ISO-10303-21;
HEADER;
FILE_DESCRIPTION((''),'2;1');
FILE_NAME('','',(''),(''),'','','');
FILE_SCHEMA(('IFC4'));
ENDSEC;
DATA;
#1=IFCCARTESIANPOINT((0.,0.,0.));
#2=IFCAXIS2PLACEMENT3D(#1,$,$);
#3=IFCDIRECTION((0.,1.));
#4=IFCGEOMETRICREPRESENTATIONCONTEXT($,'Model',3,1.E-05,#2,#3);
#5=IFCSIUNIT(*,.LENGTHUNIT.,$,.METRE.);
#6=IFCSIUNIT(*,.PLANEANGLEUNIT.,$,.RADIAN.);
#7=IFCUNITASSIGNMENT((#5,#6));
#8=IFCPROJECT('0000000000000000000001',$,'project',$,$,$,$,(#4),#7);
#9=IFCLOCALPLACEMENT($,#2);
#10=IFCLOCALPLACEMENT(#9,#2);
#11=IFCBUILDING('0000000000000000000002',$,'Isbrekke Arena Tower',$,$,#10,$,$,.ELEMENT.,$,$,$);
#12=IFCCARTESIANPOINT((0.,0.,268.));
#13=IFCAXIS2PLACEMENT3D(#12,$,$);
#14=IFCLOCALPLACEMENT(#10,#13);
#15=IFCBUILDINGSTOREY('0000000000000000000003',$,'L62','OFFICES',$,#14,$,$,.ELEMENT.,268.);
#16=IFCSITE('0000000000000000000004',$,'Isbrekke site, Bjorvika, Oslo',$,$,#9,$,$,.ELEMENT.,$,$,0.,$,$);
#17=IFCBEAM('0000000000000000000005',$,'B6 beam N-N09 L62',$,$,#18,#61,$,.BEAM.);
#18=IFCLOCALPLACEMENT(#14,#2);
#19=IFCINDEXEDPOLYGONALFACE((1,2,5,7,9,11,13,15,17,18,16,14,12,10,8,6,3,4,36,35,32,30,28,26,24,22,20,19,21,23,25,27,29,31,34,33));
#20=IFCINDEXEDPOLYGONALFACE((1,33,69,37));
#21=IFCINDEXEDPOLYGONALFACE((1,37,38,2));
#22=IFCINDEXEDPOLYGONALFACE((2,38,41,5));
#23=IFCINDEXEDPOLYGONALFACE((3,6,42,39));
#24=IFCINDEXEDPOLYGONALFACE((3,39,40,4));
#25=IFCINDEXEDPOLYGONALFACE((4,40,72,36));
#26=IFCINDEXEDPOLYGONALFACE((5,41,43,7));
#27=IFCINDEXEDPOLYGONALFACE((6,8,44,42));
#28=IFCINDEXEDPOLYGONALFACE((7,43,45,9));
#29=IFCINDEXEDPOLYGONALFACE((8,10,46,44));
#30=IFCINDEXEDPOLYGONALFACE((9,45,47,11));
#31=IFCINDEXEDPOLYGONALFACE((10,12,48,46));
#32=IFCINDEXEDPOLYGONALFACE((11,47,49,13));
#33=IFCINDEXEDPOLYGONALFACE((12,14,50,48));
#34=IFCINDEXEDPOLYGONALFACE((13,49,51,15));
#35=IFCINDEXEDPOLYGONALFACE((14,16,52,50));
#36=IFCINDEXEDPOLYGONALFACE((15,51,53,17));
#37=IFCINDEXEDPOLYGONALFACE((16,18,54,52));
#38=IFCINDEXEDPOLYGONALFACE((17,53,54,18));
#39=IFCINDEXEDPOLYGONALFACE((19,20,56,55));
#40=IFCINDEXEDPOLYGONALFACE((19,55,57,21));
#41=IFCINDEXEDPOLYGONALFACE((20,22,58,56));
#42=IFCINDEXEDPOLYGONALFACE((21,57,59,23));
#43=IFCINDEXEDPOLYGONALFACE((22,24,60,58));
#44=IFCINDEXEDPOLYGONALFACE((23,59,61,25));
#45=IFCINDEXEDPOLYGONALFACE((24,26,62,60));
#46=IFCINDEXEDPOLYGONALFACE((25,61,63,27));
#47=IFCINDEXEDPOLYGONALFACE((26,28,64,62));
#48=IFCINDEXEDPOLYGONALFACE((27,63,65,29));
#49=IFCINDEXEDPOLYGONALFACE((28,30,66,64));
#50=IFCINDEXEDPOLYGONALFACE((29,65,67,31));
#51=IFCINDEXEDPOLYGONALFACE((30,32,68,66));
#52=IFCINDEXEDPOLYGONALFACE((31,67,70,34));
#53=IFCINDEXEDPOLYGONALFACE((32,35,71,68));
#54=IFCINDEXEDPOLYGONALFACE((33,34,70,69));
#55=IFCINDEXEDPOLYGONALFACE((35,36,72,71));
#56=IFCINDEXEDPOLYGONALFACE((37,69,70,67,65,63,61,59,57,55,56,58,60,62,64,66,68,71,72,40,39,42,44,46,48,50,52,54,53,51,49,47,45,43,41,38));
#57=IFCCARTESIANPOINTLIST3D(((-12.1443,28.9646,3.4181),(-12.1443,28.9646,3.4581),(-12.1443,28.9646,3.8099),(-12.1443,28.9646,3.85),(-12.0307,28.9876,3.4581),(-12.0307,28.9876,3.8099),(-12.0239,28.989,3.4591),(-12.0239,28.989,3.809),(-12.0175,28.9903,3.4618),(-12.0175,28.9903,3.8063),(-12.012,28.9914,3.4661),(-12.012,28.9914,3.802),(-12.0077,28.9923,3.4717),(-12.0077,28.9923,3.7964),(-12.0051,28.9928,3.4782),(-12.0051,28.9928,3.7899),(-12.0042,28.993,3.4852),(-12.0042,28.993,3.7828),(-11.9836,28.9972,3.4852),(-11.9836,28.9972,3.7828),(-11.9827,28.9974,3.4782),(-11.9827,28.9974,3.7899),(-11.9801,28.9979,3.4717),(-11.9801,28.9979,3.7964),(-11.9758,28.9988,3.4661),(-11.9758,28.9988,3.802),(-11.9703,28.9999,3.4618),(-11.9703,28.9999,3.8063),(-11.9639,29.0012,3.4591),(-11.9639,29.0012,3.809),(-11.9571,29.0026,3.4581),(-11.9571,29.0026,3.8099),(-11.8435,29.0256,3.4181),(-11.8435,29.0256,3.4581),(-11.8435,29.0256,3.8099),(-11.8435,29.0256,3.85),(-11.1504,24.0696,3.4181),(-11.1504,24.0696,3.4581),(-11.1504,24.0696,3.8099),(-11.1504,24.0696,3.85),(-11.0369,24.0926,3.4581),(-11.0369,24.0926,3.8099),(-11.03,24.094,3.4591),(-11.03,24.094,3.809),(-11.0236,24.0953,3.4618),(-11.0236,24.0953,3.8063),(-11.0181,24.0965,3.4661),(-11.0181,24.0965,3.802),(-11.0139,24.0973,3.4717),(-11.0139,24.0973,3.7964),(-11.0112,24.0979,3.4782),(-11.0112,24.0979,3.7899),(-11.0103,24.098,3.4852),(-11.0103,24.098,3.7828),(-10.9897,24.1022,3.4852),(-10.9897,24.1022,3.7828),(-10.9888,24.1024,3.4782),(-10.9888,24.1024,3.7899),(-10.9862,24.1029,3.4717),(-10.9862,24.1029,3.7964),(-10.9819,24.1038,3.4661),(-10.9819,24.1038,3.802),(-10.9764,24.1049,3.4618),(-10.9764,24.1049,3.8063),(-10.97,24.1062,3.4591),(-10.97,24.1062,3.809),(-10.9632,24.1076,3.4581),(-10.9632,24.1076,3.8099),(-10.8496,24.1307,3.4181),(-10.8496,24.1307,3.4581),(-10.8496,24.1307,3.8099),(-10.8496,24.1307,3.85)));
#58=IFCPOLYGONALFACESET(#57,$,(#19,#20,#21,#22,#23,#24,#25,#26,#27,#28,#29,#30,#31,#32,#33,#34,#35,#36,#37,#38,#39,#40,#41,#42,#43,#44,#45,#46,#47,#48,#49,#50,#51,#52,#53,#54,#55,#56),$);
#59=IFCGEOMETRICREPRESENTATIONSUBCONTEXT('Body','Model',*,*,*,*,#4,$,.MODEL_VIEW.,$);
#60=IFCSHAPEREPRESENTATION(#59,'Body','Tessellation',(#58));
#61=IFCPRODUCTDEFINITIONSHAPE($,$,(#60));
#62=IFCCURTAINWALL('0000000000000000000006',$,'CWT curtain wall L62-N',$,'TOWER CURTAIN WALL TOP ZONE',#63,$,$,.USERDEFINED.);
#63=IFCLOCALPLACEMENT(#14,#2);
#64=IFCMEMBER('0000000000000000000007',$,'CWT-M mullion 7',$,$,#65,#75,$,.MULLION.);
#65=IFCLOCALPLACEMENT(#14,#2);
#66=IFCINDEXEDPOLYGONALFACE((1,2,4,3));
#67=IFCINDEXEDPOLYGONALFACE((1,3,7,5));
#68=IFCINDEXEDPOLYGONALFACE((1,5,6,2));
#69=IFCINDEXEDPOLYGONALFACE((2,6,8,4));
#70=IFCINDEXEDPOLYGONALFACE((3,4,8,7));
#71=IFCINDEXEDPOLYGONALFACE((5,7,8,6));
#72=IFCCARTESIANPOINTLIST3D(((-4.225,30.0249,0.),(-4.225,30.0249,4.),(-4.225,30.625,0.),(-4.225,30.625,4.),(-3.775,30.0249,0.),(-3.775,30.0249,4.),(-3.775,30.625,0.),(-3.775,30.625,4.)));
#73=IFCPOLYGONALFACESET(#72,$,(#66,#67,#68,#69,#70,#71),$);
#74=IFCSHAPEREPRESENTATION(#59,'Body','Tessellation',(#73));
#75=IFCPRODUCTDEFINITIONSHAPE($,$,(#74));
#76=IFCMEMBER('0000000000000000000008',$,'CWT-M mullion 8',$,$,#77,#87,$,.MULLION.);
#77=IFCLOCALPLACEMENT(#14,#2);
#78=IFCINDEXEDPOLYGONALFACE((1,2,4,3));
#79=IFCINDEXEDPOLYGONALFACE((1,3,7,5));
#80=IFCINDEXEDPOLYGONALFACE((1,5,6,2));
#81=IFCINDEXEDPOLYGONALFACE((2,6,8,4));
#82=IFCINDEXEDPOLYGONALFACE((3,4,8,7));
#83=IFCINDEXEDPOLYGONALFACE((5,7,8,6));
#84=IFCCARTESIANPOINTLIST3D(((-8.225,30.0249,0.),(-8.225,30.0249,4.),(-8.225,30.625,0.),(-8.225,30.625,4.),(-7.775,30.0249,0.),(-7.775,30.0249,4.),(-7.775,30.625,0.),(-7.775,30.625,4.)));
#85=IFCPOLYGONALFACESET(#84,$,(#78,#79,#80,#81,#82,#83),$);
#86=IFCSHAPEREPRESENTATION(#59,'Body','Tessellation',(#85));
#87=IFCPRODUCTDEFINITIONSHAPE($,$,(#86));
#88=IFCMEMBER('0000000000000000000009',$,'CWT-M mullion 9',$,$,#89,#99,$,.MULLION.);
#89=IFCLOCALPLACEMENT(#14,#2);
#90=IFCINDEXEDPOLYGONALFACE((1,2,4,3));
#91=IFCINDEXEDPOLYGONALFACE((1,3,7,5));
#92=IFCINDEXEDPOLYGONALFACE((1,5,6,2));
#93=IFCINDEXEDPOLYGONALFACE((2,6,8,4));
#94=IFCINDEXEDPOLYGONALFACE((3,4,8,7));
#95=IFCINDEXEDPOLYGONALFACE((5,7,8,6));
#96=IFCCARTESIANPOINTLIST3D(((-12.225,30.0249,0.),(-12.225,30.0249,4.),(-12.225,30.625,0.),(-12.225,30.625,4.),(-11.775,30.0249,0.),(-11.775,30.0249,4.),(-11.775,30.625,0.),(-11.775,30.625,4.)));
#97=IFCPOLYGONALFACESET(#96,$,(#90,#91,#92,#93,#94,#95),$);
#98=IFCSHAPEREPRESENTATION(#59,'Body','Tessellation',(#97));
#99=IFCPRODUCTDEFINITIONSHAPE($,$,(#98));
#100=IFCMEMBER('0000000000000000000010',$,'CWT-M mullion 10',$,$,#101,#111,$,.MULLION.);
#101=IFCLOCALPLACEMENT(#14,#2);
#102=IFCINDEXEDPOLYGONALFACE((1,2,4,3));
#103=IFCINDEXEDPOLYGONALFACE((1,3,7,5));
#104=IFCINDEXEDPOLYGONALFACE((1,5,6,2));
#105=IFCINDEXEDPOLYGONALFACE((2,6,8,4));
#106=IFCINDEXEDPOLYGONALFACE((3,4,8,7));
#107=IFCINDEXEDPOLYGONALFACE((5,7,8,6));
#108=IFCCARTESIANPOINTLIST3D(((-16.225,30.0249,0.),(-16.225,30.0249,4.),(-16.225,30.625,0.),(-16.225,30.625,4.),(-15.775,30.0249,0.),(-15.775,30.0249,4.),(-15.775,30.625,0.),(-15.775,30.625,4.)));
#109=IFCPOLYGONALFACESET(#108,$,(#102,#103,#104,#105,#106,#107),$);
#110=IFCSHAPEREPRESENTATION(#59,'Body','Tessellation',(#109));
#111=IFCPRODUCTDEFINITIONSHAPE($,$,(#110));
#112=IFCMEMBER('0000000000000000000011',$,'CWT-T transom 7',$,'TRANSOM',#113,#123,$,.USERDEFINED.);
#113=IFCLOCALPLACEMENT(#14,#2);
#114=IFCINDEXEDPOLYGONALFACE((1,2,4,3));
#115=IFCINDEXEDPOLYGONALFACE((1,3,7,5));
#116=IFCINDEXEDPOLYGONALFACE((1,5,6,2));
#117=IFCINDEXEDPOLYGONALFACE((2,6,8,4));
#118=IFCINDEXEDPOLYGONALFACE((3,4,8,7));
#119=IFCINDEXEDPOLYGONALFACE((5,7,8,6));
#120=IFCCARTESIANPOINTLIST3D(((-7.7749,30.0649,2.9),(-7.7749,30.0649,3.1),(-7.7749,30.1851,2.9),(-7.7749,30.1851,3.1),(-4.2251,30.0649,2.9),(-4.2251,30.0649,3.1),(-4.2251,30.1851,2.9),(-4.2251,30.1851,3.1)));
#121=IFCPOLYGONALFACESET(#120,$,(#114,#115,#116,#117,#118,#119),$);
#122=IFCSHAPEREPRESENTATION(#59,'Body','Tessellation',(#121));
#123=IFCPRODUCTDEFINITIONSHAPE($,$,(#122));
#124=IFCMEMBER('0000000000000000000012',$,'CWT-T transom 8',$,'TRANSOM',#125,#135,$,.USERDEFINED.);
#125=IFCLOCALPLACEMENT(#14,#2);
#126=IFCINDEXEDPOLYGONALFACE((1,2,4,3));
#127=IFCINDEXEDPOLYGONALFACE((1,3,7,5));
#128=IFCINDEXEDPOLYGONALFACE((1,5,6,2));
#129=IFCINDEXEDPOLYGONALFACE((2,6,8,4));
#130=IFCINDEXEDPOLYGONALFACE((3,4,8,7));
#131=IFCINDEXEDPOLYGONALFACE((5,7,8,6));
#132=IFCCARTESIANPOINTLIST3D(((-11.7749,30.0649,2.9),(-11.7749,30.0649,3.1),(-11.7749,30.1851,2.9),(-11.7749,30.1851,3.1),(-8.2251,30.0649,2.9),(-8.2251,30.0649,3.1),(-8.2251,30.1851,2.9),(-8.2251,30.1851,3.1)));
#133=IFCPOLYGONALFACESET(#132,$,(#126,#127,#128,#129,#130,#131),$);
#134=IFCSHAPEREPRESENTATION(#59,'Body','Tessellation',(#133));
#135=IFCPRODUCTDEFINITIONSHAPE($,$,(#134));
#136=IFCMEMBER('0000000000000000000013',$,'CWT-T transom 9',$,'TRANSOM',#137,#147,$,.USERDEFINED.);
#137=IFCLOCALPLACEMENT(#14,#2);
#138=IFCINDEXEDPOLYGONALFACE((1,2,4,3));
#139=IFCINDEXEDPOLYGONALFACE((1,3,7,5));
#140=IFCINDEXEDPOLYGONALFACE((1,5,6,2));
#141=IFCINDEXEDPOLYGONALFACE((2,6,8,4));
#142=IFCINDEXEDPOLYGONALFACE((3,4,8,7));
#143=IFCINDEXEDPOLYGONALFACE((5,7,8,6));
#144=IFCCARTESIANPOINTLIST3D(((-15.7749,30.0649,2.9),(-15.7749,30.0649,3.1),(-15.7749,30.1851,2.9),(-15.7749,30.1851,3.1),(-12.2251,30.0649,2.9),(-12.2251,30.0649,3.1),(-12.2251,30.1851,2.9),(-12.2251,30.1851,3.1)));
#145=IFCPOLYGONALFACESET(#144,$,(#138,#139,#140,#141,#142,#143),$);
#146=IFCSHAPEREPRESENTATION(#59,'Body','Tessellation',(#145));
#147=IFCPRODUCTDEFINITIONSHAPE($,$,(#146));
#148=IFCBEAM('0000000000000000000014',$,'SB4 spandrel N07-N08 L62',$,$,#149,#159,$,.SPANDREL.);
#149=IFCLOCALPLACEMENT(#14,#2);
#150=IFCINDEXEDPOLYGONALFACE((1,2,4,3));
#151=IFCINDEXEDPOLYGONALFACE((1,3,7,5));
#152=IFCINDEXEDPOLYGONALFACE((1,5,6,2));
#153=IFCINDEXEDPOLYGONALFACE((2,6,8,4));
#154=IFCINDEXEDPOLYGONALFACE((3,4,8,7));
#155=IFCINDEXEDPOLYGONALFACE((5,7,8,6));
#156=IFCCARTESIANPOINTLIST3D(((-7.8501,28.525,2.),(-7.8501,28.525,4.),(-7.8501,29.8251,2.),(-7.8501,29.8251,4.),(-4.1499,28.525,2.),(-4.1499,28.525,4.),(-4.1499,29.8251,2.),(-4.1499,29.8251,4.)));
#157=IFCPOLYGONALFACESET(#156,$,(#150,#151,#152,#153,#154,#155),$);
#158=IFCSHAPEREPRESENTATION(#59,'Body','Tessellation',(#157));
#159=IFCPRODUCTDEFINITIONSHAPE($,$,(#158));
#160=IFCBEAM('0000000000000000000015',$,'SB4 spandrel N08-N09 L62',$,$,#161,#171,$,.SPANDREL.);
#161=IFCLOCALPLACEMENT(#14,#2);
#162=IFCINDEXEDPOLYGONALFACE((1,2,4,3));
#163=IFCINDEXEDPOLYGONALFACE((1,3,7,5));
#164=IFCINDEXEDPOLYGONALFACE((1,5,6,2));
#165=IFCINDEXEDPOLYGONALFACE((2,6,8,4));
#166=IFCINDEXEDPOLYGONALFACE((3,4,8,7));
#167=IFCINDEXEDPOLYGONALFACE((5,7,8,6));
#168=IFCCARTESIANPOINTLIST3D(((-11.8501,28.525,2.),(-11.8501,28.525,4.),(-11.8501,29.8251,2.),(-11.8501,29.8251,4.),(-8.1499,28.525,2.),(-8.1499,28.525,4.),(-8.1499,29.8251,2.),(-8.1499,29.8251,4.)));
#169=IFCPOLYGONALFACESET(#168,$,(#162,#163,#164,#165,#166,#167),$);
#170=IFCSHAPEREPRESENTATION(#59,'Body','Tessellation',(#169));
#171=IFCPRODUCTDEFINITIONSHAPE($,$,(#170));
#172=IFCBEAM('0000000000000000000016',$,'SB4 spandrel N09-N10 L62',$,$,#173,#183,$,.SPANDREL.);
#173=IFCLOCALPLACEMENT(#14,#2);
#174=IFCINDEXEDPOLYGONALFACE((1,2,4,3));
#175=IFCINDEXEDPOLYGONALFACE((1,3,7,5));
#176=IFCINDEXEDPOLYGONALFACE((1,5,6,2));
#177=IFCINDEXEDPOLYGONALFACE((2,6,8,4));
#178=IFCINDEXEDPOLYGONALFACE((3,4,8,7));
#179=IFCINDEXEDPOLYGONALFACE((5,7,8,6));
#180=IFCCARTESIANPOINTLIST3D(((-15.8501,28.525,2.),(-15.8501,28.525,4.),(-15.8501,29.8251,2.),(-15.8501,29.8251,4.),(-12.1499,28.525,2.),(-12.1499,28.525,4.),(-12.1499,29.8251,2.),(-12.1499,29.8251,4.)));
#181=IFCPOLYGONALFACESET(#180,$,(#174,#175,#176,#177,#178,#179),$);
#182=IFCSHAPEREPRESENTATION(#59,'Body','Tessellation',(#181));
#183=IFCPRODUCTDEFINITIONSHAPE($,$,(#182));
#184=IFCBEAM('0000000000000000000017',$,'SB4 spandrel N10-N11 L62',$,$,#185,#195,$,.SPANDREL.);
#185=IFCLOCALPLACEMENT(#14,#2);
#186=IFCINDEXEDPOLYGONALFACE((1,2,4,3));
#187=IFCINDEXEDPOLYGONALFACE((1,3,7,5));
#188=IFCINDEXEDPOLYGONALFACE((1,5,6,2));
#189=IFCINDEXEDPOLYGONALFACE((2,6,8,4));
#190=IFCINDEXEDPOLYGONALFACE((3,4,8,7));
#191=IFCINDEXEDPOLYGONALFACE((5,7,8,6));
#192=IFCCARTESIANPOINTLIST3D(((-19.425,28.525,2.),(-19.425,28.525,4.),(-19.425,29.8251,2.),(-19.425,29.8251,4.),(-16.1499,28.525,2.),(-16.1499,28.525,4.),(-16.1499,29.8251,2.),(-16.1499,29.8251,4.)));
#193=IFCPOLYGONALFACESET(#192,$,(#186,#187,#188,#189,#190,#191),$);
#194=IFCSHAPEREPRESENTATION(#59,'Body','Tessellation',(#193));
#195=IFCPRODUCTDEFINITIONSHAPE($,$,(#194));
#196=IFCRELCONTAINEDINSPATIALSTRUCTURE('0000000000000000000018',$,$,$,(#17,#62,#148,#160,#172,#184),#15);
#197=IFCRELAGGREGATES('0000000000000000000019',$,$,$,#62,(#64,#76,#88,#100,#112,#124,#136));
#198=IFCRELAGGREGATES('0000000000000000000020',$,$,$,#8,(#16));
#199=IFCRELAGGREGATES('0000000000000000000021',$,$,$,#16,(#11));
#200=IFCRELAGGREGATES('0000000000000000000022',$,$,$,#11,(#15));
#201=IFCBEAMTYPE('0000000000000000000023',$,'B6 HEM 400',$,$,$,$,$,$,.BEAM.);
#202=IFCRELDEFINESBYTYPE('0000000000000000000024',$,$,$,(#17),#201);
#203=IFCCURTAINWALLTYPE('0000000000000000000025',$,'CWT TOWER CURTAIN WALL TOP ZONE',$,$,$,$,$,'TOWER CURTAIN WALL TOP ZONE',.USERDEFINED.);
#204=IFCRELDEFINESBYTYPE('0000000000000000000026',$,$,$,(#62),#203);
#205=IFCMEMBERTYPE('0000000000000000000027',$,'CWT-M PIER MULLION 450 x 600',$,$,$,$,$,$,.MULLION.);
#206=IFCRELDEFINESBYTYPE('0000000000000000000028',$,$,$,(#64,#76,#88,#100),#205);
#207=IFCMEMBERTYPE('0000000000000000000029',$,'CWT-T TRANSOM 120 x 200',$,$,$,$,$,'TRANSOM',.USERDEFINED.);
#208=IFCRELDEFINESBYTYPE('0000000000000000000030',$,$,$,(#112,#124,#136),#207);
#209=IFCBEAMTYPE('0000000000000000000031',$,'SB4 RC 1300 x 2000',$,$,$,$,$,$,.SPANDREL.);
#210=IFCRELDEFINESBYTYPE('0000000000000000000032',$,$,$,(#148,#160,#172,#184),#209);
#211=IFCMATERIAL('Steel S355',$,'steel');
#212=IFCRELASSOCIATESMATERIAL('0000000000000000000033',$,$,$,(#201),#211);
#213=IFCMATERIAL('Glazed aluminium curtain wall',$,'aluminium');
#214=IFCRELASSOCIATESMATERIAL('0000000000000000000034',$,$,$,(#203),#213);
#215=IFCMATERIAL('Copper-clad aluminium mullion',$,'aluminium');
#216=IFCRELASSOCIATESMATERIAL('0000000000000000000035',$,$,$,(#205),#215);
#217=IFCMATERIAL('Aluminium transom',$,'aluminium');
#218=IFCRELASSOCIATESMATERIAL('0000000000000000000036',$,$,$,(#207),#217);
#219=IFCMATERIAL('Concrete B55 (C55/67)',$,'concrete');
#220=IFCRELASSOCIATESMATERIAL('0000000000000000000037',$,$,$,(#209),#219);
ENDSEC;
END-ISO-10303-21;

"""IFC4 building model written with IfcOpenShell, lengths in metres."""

from ifc_helpers import new_model, si_unit, direction, frame, origin, origin_2d, place, context, subcontext, project, spatial, rectangle, i_section, extrude, material, material_profile, profile_set, type_object, element, aggregate, save


model = new_model("IFC4")

# Units and contexts
model_context = context("Model", 3, precision=1e-05, world=origin(), true_north=direction((0.0, 1.0)))
body_context = subcontext(model_context, "Body", "Model", "MODEL_VIEW")
ifc_project = project(units=[si_unit("LENGTHUNIT", "METRE"), si_unit("PLANEANGLEUNIT", "RADIAN")], contexts=[model_context])

# Site, building, storey
site_placement = place(None, origin())
site = spatial("IfcSite", under=ifc_project, at=site_placement, Name="Isbrekke site, Bjorvika, Oslo", CompositionType="ELEMENT", RefElevation=0.0)
building_placement = place(site_placement, origin())
building = spatial("IfcBuilding", under=site, at=building_placement, Name="Isbrekke Arena Tower", CompositionType="ELEMENT")
storey_placement = place(building_placement, frame((0.0, 0.0, 268.0)))
storey = spatial("IfcBuildingStorey", under=building, at=storey_placement, Name="L62", Description="OFFICES", CompositionType="ELEMENT", Elevation=268.0)

# Beam
ifc_material_1 = material(Name="Steel S355", Category="steel")
ifc_material_profile_1 = material_profile(ifc_material_1, i_section(OverallWidth=0.3069, OverallDepth=0.4319, WebThickness=0.021, FlangeThickness=0.04, FilletRadius=0.0271, at=origin_2d()), Name="HEM 400")
ifc_profile_set_1 = profile_set([ifc_material_profile_1], Name="Steel S355")
beam_type_1 = type_object("IfcBeamType", Name="B6 HEM 400", PredefinedType="BEAM", material=ifc_profile_set_1)
beam_1_placement = place(storey_placement, frame((-11.9939, 28.9951, 3.634), z_axis=(0.198982, -0.980003, 0.0), x_axis=(0.980003, 0.198982, 0.0)))
element("IfcBeam", 1, at=beam_1_placement, inside=storey, type_object=beam_type_1, Name="B6 beam N-N09 L62", PredefinedType="BEAM", context=body_context, shape_type="SweptSolid", body=[
    extrude(i_section(OverallWidth=0.3069, OverallDepth=0.4319, WebThickness=0.021, FlangeThickness=0.04, FilletRadius=0.0271, at=origin_2d()), origin(), (0.0, 0.0, 1.0), 4.9949),
])

# Curtain wall, members
ifc_material_2 = material(Name="Glazed aluminium curtain wall", Category="aluminium")
curtain_wall_type = type_object("IfcCurtainWallType", Name="CWT TOWER CURTAIN WALL TOP ZONE", ElementType="TOWER CURTAIN WALL TOP ZONE", PredefinedType="USERDEFINED", material=ifc_material_2)
curtain_wall_placement = place(storey_placement, origin())
curtain_wall = element("IfcCurtainWall", 2, at=curtain_wall_placement, inside=storey, type_object=curtain_wall_type, Name="CWT curtain wall L62-N", ObjectType="TOWER CURTAIN WALL TOP ZONE", PredefinedType="USERDEFINED")
ifc_material_3 = material(Name="Copper-clad aluminium mullion", Category="aluminium")
ifc_material_profile_2 = material_profile(ifc_material_3, rectangle(XDim=0.45, YDim=0.6001, at=origin_2d()), Name="PIER 450X600")
ifc_profile_set_2 = profile_set([ifc_material_profile_2], Name="Copper-clad aluminium mullion")
member_type_1 = type_object("IfcMemberType", Name="CWT-M PIER MULLION 450 x 600", PredefinedType="MULLION", material=ifc_profile_set_2)
member_1_placement = place(storey_placement, frame((-4.0, 30.325, 0.0), z_axis=(0.0, 0.0, 1.0), x_axis=(-1.0, 0.0, 0.0)))
member_1 = element("IfcMember", 3, at=member_1_placement, type_object=member_type_1, Name="CWT-M mullion 7", PredefinedType="MULLION", context=body_context, shape_type="SweptSolid", body=[
    extrude(rectangle(XDim=0.45, YDim=0.6001, at=origin_2d()), origin(), (0.0, 0.0, 1.0), 4.0),
])
member_2_placement = place(storey_placement, frame((-8.0, 30.325, 0.0), z_axis=(0.0, 0.0, 1.0), x_axis=(-1.0, 0.0, 0.0)))
member_2 = element("IfcMember", 4, at=member_2_placement, type_object=member_type_1, Name="CWT-M mullion 8", PredefinedType="MULLION", context=body_context, shape_type="SweptSolid", body=[
    extrude(rectangle(XDim=0.45, YDim=0.6001, at=origin_2d()), origin(), (0.0, 0.0, 1.0), 4.0),
])
member_3_placement = place(storey_placement, frame((-12.0, 30.325, 0.0), z_axis=(0.0, 0.0, 1.0), x_axis=(-1.0, 0.0, 0.0)))
member_3 = element("IfcMember", 5, at=member_3_placement, type_object=member_type_1, Name="CWT-M mullion 9", PredefinedType="MULLION", context=body_context, shape_type="SweptSolid", body=[
    extrude(rectangle(XDim=0.45, YDim=0.6001, at=origin_2d()), origin(), (0.0, 0.0, 1.0), 4.0),
])
member_4_placement = place(storey_placement, frame((-16.0, 30.325, 0.0), z_axis=(0.0, 0.0, 1.0), x_axis=(-1.0, 0.0, 0.0)))
member_4 = element("IfcMember", 6, at=member_4_placement, type_object=member_type_1, Name="CWT-M mullion 10", PredefinedType="MULLION", context=body_context, shape_type="SweptSolid", body=[
    extrude(rectangle(XDim=0.45, YDim=0.6001, at=origin_2d()), origin(), (0.0, 0.0, 1.0), 4.0),
])
ifc_material_4 = material(Name="Aluminium transom", Category="aluminium")
ifc_material_profile_3 = material_profile(ifc_material_4, rectangle(XDim=0.1201, YDim=0.2, at=origin_2d()), Name="TRANSOM 120X200")
ifc_profile_set_3 = profile_set([ifc_material_profile_3], Name="Aluminium transom")
member_type_2 = type_object("IfcMemberType", Name="CWT-T TRANSOM 120 x 200", ElementType="TRANSOM", PredefinedType="USERDEFINED", material=ifc_profile_set_3)
member_5_placement = place(storey_placement, frame((-4.2251, 30.125, 3.0), z_axis=(-1.0, 0.0, 0.0), x_axis=(0.0, -1.0, 0.0)))
member_5 = element("IfcMember", 7, at=member_5_placement, type_object=member_type_2, Name="CWT-T transom 7", ObjectType="TRANSOM", PredefinedType="USERDEFINED", context=body_context, shape_type="SweptSolid", body=[
    extrude(rectangle(XDim=0.1201, YDim=0.2, at=origin_2d()), origin(), (0.0, 0.0, 1.0), 3.5498),
])
member_6_placement = place(storey_placement, frame((-8.2251, 30.125, 3.0), z_axis=(-1.0, 0.0, 0.0), x_axis=(0.0, -1.0, 0.0)))
member_6 = element("IfcMember", 8, at=member_6_placement, type_object=member_type_2, Name="CWT-T transom 8", ObjectType="TRANSOM", PredefinedType="USERDEFINED", context=body_context, shape_type="SweptSolid", body=[
    extrude(rectangle(XDim=0.1201, YDim=0.2, at=origin_2d()), origin(), (0.0, 0.0, 1.0), 3.5498),
])
member_7_placement = place(storey_placement, frame((-12.2251, 30.125, 3.0), z_axis=(-1.0, 0.0, 0.0), x_axis=(0.0, -1.0, 0.0)))
member_7 = element("IfcMember", 9, at=member_7_placement, type_object=member_type_2, Name="CWT-T transom 9", ObjectType="TRANSOM", PredefinedType="USERDEFINED", context=body_context, shape_type="SweptSolid", body=[
    extrude(rectangle(XDim=0.1201, YDim=0.2, at=origin_2d()), origin(), (0.0, 0.0, 1.0), 3.5498),
])

# Beams
ifc_material_5 = material(Name="Concrete B55 (C55/67)", Category="concrete")
ifc_material_profile_4 = material_profile(ifc_material_5, rectangle(XDim=1.3, YDim=2.0, at=origin_2d()), Name="RC 1300x2000")
ifc_profile_set_4 = profile_set([ifc_material_profile_4], Name="Concrete B55 (C55/67)")
beam_type_2 = type_object("IfcBeamType", Name="SB4 RC 1300 x 2000", PredefinedType="SPANDREL", material=ifc_profile_set_4)
for number, where, z_axis, x_axis, name in (
    (10, (-4.1499, 29.175, 3.0), (-1.0, 0.0, 0.0), (0.0, -1.0, 0.0), "SB4 spandrel N07-N08 L62"),
    (11, (-8.1499, 29.175, 3.0), (-1.0, 0.0, 0.0), (0.0, -1.0, 0.0), "SB4 spandrel N08-N09 L62"),
    (12, (-12.1499, 29.175, 3.0), (-1.0, 0.0, 0.0), (0.0, -1.0, 0.0), "SB4 spandrel N09-N10 L62"),
):
    element("IfcBeam", number, at=place(storey_placement, frame(where, z_axis=z_axis, x_axis=x_axis)), inside=storey, type_object=beam_type_2, Name=name, PredefinedType="SPANDREL", context=body_context, shape_type="SweptSolid", body=[
        extrude(rectangle(XDim=1.3, YDim=2.0, at=origin_2d()), origin(), (0.0, 0.0, 1.0), 3.7002),
    ])
beam_2_placement = place(storey_placement, frame((-16.1499, 29.175, 3.0), z_axis=(-1.0, 0.0, 0.0), x_axis=(0.0, -1.0, 0.0)))
element("IfcBeam", 13, at=beam_2_placement, inside=storey, type_object=beam_type_2, Name="SB4 spandrel N10-N11 L62", PredefinedType="SPANDREL", context=body_context, shape_type="SweptSolid", body=[
    extrude(rectangle(XDim=1.3, YDim=2.0, at=origin_2d()), origin(), (0.0, 0.0, 1.0), 3.2751),
])

aggregate(curtain_wall, [member_1, member_2, member_3, member_4, member_5, member_6, member_7])

save(model, "model.ifc")
